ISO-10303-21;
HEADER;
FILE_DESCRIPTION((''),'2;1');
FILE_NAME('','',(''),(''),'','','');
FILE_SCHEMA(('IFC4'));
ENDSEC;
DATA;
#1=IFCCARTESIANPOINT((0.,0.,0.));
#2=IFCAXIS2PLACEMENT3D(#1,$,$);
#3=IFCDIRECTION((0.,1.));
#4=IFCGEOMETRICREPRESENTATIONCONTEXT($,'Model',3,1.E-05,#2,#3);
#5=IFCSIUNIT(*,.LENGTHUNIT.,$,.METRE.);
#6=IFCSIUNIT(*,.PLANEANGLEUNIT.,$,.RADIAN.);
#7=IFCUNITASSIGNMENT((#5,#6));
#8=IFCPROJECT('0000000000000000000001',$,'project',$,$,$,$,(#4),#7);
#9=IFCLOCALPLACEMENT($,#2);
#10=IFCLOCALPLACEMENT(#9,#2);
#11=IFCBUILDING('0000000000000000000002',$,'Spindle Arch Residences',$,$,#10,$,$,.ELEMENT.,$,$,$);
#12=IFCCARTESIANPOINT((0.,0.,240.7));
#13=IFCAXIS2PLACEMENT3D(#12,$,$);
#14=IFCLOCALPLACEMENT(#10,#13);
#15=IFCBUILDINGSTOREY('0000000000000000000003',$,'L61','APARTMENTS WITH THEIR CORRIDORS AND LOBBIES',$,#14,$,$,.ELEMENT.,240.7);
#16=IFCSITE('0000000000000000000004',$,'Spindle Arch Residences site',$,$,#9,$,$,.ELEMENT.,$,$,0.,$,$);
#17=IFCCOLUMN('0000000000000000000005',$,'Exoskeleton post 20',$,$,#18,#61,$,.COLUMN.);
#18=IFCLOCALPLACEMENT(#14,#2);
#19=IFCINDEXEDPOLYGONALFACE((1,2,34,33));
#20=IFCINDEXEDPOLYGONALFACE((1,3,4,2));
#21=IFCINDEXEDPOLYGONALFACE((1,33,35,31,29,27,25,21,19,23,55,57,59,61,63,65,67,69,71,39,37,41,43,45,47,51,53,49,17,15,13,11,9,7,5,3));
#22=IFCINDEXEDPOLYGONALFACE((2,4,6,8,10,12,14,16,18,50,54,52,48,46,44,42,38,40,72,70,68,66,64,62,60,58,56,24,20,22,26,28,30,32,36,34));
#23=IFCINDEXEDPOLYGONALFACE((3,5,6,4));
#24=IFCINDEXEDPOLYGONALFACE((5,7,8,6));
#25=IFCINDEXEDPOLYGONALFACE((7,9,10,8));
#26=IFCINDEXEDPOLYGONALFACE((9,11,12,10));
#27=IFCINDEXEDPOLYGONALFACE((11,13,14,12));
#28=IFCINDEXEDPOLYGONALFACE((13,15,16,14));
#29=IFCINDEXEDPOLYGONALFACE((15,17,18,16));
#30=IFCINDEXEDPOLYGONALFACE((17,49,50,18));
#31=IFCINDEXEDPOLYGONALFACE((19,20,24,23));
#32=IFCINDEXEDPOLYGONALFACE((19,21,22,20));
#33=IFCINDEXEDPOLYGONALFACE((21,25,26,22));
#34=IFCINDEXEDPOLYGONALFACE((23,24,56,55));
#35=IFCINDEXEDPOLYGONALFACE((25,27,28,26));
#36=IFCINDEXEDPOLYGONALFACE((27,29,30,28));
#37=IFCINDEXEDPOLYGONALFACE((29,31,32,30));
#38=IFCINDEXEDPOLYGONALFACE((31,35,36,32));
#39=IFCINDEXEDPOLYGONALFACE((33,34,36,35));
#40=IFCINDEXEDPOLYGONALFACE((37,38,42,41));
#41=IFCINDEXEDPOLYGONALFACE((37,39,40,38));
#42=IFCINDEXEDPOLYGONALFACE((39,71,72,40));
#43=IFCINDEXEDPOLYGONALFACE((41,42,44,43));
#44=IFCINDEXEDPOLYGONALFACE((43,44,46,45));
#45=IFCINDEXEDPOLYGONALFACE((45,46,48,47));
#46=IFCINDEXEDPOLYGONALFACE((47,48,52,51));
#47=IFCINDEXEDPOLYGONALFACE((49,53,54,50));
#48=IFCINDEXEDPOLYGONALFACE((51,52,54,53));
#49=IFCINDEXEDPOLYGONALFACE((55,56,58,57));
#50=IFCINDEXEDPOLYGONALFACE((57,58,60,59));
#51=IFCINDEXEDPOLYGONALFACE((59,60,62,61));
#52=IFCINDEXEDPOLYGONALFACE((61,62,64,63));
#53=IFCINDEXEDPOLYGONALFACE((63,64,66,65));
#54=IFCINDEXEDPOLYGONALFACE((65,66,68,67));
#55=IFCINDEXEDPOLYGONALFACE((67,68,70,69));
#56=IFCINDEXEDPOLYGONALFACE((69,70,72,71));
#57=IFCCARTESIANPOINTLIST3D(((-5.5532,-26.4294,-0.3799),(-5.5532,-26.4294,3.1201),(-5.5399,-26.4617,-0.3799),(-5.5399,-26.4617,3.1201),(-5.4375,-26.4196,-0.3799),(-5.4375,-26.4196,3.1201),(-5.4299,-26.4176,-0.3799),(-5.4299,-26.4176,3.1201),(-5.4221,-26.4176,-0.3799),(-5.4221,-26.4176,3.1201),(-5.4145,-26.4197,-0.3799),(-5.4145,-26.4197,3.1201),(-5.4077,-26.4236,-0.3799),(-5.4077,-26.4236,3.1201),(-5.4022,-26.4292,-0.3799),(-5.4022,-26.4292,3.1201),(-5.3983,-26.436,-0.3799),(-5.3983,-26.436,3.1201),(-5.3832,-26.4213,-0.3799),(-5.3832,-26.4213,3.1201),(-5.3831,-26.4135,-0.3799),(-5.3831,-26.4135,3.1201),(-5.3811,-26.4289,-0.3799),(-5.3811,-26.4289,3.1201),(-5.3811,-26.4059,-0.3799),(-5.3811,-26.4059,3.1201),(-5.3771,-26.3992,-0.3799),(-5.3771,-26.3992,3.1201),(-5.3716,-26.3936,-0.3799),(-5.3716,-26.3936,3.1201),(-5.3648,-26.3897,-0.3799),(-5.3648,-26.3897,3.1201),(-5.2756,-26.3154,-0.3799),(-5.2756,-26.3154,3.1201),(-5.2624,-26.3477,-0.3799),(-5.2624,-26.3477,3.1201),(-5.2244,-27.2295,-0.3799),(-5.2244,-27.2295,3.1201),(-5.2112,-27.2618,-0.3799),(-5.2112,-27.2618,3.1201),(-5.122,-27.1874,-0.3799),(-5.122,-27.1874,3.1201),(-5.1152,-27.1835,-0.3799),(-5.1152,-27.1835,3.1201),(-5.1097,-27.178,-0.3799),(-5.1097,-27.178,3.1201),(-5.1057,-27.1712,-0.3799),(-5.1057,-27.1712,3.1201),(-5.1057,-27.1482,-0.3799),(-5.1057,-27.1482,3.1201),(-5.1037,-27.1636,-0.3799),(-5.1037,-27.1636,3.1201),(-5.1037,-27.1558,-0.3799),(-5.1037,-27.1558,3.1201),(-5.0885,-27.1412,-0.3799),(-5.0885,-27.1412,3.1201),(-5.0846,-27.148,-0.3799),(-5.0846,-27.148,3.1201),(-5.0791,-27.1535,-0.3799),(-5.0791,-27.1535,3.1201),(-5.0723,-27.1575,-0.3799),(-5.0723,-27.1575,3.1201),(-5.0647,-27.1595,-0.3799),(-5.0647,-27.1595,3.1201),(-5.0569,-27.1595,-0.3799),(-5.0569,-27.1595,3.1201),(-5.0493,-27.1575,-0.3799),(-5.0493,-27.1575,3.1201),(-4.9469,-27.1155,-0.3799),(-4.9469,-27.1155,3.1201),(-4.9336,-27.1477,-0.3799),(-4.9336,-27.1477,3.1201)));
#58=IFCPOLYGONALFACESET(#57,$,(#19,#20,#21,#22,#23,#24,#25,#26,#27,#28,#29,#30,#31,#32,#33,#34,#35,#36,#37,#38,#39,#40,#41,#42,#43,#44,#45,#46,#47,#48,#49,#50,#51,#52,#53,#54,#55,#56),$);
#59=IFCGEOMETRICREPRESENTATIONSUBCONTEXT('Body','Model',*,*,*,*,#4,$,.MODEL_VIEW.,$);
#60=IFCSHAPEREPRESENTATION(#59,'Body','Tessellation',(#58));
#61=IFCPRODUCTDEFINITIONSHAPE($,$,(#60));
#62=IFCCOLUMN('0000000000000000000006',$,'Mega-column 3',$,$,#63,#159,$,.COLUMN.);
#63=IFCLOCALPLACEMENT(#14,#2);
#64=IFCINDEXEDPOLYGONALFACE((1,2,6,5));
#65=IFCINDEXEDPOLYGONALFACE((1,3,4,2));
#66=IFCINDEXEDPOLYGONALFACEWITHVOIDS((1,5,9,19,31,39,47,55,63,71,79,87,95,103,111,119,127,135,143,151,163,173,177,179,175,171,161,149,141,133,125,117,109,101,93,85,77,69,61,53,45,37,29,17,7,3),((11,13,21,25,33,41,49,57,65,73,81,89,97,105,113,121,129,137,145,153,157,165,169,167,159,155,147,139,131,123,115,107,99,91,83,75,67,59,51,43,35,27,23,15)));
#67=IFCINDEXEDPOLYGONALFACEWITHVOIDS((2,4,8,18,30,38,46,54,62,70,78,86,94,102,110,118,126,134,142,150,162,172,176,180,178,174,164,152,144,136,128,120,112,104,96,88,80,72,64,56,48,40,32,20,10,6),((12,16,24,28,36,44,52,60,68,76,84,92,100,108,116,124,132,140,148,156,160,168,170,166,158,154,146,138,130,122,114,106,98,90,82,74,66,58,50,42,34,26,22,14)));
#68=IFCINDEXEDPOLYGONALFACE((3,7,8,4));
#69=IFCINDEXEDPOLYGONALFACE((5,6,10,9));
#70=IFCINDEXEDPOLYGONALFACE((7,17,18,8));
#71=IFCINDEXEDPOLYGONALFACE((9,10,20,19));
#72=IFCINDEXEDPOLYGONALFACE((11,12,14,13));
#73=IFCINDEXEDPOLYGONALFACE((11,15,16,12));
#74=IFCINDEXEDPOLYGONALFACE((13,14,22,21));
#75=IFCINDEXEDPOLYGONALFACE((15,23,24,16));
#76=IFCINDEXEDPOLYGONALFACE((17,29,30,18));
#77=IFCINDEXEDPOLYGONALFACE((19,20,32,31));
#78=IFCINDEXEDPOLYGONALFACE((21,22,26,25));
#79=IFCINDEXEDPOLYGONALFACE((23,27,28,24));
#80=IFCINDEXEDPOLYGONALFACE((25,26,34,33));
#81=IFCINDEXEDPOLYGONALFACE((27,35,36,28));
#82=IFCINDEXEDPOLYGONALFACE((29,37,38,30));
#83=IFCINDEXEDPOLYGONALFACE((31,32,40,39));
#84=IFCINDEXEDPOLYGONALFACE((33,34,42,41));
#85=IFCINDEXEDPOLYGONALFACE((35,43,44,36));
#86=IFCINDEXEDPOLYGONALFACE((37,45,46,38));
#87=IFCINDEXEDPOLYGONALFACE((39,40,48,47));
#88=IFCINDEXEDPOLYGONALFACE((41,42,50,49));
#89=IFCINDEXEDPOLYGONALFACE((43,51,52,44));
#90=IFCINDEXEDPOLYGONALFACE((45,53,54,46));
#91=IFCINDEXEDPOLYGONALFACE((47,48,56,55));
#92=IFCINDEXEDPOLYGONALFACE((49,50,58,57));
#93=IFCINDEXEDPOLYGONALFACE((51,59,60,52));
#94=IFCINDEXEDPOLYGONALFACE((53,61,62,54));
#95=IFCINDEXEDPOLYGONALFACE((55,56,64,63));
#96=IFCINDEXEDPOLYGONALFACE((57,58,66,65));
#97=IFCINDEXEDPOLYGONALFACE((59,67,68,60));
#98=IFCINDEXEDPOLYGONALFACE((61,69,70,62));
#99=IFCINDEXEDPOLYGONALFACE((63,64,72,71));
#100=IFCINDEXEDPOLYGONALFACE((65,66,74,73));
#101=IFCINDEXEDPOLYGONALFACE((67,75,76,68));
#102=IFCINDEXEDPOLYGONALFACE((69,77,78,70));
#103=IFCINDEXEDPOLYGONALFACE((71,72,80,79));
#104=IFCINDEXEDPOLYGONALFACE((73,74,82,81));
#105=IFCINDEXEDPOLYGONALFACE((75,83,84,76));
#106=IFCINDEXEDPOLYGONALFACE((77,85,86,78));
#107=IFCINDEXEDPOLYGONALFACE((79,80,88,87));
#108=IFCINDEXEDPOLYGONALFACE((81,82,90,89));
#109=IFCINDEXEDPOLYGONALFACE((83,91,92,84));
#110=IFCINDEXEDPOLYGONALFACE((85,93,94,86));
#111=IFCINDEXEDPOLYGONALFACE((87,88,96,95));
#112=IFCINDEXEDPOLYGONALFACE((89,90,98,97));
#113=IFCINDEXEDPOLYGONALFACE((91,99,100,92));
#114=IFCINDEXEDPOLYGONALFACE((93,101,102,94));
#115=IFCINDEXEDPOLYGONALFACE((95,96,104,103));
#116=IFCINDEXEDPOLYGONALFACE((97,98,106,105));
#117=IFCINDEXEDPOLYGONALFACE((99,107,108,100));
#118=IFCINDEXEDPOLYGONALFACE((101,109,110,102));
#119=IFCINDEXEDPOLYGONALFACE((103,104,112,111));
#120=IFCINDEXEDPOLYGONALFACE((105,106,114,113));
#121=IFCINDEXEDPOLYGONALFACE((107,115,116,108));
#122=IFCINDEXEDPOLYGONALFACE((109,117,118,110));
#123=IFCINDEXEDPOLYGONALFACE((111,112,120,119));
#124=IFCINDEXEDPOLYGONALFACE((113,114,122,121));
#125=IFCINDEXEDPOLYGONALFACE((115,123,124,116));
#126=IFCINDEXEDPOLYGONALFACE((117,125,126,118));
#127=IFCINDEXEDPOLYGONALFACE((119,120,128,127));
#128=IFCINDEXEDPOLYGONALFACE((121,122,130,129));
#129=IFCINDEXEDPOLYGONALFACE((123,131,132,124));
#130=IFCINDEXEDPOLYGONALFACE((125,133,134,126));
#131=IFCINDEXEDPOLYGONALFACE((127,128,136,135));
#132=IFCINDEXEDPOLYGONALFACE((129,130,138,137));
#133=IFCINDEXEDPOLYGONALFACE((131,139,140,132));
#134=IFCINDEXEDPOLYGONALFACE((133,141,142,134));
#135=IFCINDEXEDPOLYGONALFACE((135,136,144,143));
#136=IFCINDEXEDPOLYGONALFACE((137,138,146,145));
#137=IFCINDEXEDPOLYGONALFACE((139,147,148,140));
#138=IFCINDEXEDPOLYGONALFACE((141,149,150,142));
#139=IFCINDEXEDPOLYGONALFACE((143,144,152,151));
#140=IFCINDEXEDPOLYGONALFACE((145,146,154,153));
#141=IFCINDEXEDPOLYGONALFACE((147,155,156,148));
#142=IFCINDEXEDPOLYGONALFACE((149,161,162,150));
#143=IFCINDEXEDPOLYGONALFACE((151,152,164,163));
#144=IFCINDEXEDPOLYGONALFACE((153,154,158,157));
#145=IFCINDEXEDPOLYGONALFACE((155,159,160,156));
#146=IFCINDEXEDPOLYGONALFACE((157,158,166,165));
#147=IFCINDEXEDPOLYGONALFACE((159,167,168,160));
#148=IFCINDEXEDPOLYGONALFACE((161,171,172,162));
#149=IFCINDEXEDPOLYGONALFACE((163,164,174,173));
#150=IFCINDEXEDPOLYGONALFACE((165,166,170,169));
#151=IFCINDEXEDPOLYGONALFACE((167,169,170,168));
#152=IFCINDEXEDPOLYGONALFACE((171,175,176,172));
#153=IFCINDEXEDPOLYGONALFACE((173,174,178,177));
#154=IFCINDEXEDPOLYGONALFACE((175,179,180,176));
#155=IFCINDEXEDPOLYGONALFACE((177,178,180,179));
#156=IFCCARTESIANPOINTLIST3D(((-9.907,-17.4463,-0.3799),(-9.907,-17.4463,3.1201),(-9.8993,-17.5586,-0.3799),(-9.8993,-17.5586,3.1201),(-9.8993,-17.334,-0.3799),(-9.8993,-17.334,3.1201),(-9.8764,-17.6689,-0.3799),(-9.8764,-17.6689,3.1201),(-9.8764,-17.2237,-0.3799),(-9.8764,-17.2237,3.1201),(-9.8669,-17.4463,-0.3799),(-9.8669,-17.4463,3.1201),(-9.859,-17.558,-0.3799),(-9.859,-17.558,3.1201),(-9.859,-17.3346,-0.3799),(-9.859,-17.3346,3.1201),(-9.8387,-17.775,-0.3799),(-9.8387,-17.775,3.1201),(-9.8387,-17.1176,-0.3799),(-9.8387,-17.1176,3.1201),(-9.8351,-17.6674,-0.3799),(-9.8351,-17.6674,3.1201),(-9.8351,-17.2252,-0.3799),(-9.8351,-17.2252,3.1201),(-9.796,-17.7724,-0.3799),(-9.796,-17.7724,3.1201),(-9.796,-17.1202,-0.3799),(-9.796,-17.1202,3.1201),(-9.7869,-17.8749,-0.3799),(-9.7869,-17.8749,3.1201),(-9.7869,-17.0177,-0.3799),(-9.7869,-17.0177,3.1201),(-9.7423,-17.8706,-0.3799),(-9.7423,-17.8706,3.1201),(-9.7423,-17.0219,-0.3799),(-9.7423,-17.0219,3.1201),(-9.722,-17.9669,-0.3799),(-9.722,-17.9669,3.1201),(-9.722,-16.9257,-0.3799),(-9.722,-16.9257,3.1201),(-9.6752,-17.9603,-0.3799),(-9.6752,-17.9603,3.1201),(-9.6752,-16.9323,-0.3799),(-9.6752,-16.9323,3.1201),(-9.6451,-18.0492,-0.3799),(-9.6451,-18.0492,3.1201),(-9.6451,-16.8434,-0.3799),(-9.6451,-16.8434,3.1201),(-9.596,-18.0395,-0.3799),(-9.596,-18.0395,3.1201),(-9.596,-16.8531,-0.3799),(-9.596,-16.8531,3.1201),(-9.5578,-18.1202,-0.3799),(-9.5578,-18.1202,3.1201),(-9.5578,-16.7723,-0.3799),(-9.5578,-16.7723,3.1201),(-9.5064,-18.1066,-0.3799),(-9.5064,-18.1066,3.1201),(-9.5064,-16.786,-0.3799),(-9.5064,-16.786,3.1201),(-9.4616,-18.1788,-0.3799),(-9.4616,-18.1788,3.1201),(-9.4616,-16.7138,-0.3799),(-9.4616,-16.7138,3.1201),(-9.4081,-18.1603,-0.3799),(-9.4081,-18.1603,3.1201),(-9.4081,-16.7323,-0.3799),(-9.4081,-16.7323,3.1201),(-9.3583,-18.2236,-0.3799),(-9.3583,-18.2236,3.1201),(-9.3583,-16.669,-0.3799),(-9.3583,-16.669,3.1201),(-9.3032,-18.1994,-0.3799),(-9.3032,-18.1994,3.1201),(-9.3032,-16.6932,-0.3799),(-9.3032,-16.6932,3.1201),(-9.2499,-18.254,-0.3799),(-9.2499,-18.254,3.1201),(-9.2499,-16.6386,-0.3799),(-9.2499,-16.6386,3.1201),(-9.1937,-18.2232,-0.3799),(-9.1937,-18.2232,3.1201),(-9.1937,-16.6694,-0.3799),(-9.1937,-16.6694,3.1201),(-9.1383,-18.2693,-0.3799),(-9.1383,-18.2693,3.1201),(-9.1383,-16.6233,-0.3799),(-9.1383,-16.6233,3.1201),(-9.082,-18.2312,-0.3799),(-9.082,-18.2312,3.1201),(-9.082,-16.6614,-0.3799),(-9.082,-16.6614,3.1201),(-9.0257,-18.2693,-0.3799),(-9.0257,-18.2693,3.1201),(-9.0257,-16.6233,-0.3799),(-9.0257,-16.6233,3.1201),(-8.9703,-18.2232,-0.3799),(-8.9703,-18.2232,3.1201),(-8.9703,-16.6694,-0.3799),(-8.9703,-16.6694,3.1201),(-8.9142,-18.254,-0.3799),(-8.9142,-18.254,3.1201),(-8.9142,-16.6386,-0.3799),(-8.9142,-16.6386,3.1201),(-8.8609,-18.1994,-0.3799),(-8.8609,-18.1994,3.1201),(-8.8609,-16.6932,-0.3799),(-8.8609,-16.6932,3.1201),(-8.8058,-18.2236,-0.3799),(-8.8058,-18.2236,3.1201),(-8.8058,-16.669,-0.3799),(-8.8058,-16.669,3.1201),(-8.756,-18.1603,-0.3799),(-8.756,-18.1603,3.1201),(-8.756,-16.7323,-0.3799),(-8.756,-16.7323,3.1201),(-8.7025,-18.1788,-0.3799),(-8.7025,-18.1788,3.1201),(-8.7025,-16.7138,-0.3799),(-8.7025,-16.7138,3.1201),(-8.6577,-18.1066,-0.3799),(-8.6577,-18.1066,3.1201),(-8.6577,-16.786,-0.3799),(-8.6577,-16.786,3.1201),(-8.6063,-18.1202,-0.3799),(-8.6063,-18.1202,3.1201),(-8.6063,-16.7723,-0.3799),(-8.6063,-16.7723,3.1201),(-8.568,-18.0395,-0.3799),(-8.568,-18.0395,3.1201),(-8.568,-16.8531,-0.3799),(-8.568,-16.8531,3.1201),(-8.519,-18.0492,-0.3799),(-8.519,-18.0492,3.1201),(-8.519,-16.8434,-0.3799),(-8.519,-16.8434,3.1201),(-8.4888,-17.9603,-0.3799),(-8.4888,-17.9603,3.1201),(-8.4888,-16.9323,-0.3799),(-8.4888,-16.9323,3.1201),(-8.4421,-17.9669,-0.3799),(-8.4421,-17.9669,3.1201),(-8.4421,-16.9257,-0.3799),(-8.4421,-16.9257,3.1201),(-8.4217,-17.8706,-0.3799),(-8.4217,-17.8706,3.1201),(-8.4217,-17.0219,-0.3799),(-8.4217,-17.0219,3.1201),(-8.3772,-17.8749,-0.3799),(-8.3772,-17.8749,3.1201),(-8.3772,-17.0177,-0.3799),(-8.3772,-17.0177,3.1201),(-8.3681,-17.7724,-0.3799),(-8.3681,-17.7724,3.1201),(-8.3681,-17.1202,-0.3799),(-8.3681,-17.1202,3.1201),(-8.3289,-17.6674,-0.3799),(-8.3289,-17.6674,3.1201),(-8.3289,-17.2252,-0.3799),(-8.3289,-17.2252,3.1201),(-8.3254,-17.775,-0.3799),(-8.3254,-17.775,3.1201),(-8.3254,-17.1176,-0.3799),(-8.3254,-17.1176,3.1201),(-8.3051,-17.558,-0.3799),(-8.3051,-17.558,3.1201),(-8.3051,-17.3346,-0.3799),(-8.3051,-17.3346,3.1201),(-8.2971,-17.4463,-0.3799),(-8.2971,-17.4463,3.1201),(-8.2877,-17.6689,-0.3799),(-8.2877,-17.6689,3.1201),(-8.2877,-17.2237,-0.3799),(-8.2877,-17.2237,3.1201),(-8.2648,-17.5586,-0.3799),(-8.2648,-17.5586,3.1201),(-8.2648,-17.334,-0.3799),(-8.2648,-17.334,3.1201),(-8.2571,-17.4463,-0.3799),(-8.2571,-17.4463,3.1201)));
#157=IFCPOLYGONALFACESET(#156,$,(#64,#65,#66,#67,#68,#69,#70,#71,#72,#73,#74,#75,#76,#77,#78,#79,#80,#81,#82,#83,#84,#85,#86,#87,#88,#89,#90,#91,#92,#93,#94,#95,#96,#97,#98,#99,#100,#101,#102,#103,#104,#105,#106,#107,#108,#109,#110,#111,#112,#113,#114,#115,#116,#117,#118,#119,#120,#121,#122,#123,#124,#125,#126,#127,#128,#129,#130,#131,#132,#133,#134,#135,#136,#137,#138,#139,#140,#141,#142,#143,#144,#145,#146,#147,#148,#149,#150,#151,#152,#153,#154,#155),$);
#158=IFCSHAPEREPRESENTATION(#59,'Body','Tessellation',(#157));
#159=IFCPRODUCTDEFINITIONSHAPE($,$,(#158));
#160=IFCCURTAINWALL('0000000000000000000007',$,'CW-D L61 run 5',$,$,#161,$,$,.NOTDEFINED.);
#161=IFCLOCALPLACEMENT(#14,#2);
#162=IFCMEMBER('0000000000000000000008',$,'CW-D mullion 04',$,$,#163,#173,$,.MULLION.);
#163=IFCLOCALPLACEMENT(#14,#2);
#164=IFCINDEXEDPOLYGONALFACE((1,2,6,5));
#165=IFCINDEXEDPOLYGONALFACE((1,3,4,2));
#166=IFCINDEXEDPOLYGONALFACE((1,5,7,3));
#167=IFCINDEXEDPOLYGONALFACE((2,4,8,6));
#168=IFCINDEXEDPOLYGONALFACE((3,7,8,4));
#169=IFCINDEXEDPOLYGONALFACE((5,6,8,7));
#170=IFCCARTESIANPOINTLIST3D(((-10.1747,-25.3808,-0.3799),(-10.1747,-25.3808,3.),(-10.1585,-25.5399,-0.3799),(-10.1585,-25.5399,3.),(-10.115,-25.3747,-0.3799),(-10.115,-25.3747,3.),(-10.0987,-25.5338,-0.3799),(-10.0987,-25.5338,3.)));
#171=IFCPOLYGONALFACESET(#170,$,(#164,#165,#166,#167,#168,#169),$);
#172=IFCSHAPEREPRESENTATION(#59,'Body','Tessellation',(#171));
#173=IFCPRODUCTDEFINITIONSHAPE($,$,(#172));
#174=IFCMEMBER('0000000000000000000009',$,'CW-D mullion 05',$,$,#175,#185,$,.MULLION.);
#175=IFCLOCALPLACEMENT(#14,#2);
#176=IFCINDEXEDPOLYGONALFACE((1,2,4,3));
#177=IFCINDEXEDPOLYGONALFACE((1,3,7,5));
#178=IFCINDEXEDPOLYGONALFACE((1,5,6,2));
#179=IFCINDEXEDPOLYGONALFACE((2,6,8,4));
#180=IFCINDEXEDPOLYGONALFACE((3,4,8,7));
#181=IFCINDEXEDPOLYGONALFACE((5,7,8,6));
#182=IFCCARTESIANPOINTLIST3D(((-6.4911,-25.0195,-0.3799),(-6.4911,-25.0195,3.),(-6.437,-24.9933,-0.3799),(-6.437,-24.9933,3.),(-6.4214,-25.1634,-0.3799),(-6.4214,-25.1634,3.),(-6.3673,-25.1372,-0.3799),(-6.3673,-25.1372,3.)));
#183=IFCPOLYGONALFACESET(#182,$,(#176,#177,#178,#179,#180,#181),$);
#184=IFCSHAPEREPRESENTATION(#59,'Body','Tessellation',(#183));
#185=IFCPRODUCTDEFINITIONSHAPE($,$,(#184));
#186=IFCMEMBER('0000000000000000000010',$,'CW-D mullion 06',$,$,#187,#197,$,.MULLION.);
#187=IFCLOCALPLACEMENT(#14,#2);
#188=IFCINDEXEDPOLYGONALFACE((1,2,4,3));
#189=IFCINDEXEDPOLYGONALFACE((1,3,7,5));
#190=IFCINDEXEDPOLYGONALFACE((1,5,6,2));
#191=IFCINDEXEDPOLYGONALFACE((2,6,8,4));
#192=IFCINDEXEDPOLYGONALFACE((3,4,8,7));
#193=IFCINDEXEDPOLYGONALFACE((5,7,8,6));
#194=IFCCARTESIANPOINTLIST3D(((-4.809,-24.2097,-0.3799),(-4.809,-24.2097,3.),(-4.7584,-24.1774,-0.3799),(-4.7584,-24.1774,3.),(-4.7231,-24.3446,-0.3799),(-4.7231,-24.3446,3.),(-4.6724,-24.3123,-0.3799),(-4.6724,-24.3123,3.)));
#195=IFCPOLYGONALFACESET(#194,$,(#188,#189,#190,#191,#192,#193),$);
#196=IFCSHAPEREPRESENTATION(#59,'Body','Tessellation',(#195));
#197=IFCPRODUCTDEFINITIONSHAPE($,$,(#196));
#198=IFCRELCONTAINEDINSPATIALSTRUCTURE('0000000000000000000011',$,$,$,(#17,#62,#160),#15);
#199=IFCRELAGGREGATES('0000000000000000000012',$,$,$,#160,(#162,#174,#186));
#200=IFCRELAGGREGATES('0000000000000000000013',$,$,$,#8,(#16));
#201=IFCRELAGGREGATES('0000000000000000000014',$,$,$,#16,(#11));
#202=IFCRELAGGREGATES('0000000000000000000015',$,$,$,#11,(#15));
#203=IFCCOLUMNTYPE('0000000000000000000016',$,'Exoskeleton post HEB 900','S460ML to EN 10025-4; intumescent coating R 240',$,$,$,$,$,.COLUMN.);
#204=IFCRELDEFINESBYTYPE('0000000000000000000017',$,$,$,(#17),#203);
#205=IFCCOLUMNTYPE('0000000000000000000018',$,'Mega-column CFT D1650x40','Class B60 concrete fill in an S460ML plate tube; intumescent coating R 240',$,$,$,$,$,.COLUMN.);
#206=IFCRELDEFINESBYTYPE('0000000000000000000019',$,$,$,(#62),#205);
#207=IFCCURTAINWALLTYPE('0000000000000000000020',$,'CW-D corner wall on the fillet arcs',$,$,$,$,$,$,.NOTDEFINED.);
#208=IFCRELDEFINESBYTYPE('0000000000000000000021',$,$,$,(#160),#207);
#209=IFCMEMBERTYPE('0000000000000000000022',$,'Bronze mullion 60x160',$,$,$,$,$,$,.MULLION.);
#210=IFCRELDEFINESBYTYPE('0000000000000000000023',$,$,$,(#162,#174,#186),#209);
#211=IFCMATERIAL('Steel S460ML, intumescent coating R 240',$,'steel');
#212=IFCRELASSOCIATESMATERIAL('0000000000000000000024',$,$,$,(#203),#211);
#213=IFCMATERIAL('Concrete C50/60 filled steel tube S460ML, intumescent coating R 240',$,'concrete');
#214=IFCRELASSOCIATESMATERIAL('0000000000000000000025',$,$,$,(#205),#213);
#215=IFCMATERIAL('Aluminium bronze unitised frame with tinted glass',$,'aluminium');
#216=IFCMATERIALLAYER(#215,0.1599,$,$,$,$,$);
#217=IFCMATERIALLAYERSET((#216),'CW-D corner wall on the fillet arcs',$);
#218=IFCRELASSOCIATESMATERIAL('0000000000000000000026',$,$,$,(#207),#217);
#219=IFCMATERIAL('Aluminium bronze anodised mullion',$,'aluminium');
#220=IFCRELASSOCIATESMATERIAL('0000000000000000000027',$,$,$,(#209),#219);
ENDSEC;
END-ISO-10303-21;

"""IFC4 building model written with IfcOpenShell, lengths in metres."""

from ifc_helpers import new_model, si_unit, direction, frame, origin, origin_2d, place, context, subcontext, project, spatial, rectangle, hollow_circle, i_section, extrude, material, layer, layer_set, material_profile, profile_set, type_object, element, aggregate, save


model = new_model("IFC4")

# Units and contexts
model_context = context("Model", 3, precision=1e-05, world=origin(), true_north=direction((0.0, 1.0)))
body_context = subcontext(model_context, "Body", "Model", "MODEL_VIEW")
ifc_project = project(units=[si_unit("LENGTHUNIT", "METRE"), si_unit("PLANEANGLEUNIT", "RADIAN")], contexts=[model_context])

# Site, building, storey
site_placement = place(None, origin())
site = spatial("IfcSite", under=ifc_project, at=site_placement, Name="Spindle Arch Residences site", CompositionType="ELEMENT", RefElevation=0.0)
building_placement = place(site_placement, origin())
building = spatial("IfcBuilding", under=site, at=building_placement, Name="Spindle Arch Residences", CompositionType="ELEMENT")
storey_placement = place(building_placement, frame((0.0, 0.0, 240.7)))
storey = spatial("IfcBuildingStorey", under=building, at=storey_placement, Name="L61", Description="APARTMENTS WITH THEIR CORRIDORS AND LOBBIES", CompositionType="ELEMENT", Elevation=240.7)

# Columns
ifc_material_1 = material(Name="Steel S460ML, intumescent coating R 240", Category="steel")
ifc_material_profile_1 = material_profile(ifc_material_1, i_section(OverallWidth=0.3, OverallDepth=0.8999, WebThickness=0.0186, FlangeThickness=0.0349, FilletRadius=0.03, at=origin_2d()), Name="HEB 900")
ifc_profile_set_1 = profile_set([ifc_material_profile_1], Name="Steel S460ML, intumescent coating R 240")
column_type_1 = type_object("IfcColumnType", Name="Exoskeleton post HEB 900", Description="S460ML to EN 10025-4; intumescent coating R 240", PredefinedType="COLUMN", material=ifc_profile_set_1)
column_1_placement = place(storey_placement, frame((-5.2434, -26.7886, -0.3799), z_axis=(0.0, 0.0, 1.0), x_axis=(-0.924968, -0.380046, 0.0)))
element("IfcColumn", 1, at=column_1_placement, inside=storey, type_object=column_type_1, Name="Exoskeleton post 20", PredefinedType="COLUMN", context=body_context, shape_type="SweptSolid", body=[
    extrude(i_section(OverallWidth=0.3, OverallDepth=0.8999, WebThickness=0.0186, FlangeThickness=0.0349, FilletRadius=0.03, at=origin_2d()), origin(), (0.0, 0.0, 1.0), 3.5),
])
ifc_material_2 = material(Name="Concrete C50/60 filled steel tube S460ML, intumescent coating R 240", Category="concrete")
ifc_material_profile_2 = material_profile(ifc_material_2, hollow_circle(Radius=0.825, WallThickness=0.04, at=origin_2d()), Name="CFT D1650x40")
ifc_profile_set_2 = profile_set([ifc_material_profile_2], Name="Concrete C50/60 filled steel tube S460ML, intumescent coating R 240")
column_type_2 = type_object("IfcColumnType", Name="Mega-column CFT D1650x40", Description="Class B60 concrete fill in an S460ML plate tube; intumescent coating R 240", PredefinedType="COLUMN", material=ifc_profile_set_2)
column_2_placement = place(storey_placement, frame((-9.082, -17.4463, -0.3799), z_axis=(0.0, 0.0, 1.0), x_axis=(1.0, 0.0, 0.0)))
element("IfcColumn", 2, at=column_2_placement, inside=storey, type_object=column_type_2, Name="Mega-column 3", PredefinedType="COLUMN", context=body_context, shape_type="SweptSolid", body=[
    extrude(hollow_circle(Radius=0.825, WallThickness=0.04, at=origin_2d()), origin(), (0.0, 0.0, 1.0), 3.5),
])

# Curtain wall, members
ifc_material_3 = material(Name="Aluminium bronze unitised frame with tinted glass", Category="aluminium")
ifc_layer_1 = layer(ifc_material_3, 0.1599)
ifc_layer_set_1 = layer_set([ifc_layer_1], Name="CW-D corner wall on the fillet arcs")
curtain_wall_type = type_object("IfcCurtainWallType", Name="CW-D corner wall on the fillet arcs", PredefinedType="NOTDEFINED", material=ifc_layer_set_1)
curtain_wall_placement = place(storey_placement, origin())
curtain_wall = element("IfcCurtainWall", 3, at=curtain_wall_placement, inside=storey, type_object=curtain_wall_type, Name="CW-D L61 run 5", PredefinedType="NOTDEFINED")
ifc_material_4 = material(Name="Aluminium bronze anodised mullion", Category="aluminium")
ifc_material_profile_3 = material_profile(ifc_material_4, rectangle(XDim=0.1599, YDim=0.0601, at=origin_2d()), Name="MU 60x160")
ifc_profile_set_3 = profile_set([ifc_material_profile_3], Name="Aluminium bronze anodised mullion")
member_type_1 = type_object("IfcMemberType", Name="Bronze mullion 60x160", PredefinedType="MULLION", material=ifc_profile_set_3)
member_1_placement = place(storey_placement, frame((-10.1367, -25.4573, -0.3799), z_axis=(0.0, 0.0, 1.0), x_axis=(-0.101635, 0.994822, 0.0)))
member_1 = element("IfcMember", 4, at=member_1_placement, type_object=member_type_1, Name="CW-D mullion 04", PredefinedType="MULLION", context=body_context, shape_type="SweptSolid", body=[
    extrude(rectangle(XDim=0.1599, YDim=0.0601, at=origin_2d()), origin(), (0.0, 0.0, 1.0), 3.3799),
])
member_2_placement = place(storey_placement, frame((-6.4292, -25.0784, -0.3799), z_axis=(0.0, 0.0, 1.0), x_axis=(-0.435755, 0.900065, 0.0)))
member_2 = element("IfcMember", 5, at=member_2_placement, type_object=member_type_1, Name="CW-D mullion 05", PredefinedType="MULLION", context=body_context, shape_type="SweptSolid", body=[
    extrude(rectangle(XDim=0.1599, YDim=0.0601, at=origin_2d()), origin(), (0.0, 0.0, 1.0), 3.3799),
])
member_3_placement = place(storey_placement, frame((-4.7407, -24.261, -0.3799), z_axis=(0.0, 0.0, 1.0), x_axis=(-0.5373, 0.843391, 0.0)))
member_3 = element("IfcMember", 6, at=member_3_placement, type_object=member_type_1, Name="CW-D mullion 06", PredefinedType="MULLION", context=body_context, shape_type="SweptSolid", body=[
    extrude(rectangle(XDim=0.1599, YDim=0.0601, at=origin_2d()), origin(), (0.0, 0.0, 1.0), 3.3799),
])

aggregate(curtain_wall, [member_1, member_2, member_3])

save(model, "model.ifc")
